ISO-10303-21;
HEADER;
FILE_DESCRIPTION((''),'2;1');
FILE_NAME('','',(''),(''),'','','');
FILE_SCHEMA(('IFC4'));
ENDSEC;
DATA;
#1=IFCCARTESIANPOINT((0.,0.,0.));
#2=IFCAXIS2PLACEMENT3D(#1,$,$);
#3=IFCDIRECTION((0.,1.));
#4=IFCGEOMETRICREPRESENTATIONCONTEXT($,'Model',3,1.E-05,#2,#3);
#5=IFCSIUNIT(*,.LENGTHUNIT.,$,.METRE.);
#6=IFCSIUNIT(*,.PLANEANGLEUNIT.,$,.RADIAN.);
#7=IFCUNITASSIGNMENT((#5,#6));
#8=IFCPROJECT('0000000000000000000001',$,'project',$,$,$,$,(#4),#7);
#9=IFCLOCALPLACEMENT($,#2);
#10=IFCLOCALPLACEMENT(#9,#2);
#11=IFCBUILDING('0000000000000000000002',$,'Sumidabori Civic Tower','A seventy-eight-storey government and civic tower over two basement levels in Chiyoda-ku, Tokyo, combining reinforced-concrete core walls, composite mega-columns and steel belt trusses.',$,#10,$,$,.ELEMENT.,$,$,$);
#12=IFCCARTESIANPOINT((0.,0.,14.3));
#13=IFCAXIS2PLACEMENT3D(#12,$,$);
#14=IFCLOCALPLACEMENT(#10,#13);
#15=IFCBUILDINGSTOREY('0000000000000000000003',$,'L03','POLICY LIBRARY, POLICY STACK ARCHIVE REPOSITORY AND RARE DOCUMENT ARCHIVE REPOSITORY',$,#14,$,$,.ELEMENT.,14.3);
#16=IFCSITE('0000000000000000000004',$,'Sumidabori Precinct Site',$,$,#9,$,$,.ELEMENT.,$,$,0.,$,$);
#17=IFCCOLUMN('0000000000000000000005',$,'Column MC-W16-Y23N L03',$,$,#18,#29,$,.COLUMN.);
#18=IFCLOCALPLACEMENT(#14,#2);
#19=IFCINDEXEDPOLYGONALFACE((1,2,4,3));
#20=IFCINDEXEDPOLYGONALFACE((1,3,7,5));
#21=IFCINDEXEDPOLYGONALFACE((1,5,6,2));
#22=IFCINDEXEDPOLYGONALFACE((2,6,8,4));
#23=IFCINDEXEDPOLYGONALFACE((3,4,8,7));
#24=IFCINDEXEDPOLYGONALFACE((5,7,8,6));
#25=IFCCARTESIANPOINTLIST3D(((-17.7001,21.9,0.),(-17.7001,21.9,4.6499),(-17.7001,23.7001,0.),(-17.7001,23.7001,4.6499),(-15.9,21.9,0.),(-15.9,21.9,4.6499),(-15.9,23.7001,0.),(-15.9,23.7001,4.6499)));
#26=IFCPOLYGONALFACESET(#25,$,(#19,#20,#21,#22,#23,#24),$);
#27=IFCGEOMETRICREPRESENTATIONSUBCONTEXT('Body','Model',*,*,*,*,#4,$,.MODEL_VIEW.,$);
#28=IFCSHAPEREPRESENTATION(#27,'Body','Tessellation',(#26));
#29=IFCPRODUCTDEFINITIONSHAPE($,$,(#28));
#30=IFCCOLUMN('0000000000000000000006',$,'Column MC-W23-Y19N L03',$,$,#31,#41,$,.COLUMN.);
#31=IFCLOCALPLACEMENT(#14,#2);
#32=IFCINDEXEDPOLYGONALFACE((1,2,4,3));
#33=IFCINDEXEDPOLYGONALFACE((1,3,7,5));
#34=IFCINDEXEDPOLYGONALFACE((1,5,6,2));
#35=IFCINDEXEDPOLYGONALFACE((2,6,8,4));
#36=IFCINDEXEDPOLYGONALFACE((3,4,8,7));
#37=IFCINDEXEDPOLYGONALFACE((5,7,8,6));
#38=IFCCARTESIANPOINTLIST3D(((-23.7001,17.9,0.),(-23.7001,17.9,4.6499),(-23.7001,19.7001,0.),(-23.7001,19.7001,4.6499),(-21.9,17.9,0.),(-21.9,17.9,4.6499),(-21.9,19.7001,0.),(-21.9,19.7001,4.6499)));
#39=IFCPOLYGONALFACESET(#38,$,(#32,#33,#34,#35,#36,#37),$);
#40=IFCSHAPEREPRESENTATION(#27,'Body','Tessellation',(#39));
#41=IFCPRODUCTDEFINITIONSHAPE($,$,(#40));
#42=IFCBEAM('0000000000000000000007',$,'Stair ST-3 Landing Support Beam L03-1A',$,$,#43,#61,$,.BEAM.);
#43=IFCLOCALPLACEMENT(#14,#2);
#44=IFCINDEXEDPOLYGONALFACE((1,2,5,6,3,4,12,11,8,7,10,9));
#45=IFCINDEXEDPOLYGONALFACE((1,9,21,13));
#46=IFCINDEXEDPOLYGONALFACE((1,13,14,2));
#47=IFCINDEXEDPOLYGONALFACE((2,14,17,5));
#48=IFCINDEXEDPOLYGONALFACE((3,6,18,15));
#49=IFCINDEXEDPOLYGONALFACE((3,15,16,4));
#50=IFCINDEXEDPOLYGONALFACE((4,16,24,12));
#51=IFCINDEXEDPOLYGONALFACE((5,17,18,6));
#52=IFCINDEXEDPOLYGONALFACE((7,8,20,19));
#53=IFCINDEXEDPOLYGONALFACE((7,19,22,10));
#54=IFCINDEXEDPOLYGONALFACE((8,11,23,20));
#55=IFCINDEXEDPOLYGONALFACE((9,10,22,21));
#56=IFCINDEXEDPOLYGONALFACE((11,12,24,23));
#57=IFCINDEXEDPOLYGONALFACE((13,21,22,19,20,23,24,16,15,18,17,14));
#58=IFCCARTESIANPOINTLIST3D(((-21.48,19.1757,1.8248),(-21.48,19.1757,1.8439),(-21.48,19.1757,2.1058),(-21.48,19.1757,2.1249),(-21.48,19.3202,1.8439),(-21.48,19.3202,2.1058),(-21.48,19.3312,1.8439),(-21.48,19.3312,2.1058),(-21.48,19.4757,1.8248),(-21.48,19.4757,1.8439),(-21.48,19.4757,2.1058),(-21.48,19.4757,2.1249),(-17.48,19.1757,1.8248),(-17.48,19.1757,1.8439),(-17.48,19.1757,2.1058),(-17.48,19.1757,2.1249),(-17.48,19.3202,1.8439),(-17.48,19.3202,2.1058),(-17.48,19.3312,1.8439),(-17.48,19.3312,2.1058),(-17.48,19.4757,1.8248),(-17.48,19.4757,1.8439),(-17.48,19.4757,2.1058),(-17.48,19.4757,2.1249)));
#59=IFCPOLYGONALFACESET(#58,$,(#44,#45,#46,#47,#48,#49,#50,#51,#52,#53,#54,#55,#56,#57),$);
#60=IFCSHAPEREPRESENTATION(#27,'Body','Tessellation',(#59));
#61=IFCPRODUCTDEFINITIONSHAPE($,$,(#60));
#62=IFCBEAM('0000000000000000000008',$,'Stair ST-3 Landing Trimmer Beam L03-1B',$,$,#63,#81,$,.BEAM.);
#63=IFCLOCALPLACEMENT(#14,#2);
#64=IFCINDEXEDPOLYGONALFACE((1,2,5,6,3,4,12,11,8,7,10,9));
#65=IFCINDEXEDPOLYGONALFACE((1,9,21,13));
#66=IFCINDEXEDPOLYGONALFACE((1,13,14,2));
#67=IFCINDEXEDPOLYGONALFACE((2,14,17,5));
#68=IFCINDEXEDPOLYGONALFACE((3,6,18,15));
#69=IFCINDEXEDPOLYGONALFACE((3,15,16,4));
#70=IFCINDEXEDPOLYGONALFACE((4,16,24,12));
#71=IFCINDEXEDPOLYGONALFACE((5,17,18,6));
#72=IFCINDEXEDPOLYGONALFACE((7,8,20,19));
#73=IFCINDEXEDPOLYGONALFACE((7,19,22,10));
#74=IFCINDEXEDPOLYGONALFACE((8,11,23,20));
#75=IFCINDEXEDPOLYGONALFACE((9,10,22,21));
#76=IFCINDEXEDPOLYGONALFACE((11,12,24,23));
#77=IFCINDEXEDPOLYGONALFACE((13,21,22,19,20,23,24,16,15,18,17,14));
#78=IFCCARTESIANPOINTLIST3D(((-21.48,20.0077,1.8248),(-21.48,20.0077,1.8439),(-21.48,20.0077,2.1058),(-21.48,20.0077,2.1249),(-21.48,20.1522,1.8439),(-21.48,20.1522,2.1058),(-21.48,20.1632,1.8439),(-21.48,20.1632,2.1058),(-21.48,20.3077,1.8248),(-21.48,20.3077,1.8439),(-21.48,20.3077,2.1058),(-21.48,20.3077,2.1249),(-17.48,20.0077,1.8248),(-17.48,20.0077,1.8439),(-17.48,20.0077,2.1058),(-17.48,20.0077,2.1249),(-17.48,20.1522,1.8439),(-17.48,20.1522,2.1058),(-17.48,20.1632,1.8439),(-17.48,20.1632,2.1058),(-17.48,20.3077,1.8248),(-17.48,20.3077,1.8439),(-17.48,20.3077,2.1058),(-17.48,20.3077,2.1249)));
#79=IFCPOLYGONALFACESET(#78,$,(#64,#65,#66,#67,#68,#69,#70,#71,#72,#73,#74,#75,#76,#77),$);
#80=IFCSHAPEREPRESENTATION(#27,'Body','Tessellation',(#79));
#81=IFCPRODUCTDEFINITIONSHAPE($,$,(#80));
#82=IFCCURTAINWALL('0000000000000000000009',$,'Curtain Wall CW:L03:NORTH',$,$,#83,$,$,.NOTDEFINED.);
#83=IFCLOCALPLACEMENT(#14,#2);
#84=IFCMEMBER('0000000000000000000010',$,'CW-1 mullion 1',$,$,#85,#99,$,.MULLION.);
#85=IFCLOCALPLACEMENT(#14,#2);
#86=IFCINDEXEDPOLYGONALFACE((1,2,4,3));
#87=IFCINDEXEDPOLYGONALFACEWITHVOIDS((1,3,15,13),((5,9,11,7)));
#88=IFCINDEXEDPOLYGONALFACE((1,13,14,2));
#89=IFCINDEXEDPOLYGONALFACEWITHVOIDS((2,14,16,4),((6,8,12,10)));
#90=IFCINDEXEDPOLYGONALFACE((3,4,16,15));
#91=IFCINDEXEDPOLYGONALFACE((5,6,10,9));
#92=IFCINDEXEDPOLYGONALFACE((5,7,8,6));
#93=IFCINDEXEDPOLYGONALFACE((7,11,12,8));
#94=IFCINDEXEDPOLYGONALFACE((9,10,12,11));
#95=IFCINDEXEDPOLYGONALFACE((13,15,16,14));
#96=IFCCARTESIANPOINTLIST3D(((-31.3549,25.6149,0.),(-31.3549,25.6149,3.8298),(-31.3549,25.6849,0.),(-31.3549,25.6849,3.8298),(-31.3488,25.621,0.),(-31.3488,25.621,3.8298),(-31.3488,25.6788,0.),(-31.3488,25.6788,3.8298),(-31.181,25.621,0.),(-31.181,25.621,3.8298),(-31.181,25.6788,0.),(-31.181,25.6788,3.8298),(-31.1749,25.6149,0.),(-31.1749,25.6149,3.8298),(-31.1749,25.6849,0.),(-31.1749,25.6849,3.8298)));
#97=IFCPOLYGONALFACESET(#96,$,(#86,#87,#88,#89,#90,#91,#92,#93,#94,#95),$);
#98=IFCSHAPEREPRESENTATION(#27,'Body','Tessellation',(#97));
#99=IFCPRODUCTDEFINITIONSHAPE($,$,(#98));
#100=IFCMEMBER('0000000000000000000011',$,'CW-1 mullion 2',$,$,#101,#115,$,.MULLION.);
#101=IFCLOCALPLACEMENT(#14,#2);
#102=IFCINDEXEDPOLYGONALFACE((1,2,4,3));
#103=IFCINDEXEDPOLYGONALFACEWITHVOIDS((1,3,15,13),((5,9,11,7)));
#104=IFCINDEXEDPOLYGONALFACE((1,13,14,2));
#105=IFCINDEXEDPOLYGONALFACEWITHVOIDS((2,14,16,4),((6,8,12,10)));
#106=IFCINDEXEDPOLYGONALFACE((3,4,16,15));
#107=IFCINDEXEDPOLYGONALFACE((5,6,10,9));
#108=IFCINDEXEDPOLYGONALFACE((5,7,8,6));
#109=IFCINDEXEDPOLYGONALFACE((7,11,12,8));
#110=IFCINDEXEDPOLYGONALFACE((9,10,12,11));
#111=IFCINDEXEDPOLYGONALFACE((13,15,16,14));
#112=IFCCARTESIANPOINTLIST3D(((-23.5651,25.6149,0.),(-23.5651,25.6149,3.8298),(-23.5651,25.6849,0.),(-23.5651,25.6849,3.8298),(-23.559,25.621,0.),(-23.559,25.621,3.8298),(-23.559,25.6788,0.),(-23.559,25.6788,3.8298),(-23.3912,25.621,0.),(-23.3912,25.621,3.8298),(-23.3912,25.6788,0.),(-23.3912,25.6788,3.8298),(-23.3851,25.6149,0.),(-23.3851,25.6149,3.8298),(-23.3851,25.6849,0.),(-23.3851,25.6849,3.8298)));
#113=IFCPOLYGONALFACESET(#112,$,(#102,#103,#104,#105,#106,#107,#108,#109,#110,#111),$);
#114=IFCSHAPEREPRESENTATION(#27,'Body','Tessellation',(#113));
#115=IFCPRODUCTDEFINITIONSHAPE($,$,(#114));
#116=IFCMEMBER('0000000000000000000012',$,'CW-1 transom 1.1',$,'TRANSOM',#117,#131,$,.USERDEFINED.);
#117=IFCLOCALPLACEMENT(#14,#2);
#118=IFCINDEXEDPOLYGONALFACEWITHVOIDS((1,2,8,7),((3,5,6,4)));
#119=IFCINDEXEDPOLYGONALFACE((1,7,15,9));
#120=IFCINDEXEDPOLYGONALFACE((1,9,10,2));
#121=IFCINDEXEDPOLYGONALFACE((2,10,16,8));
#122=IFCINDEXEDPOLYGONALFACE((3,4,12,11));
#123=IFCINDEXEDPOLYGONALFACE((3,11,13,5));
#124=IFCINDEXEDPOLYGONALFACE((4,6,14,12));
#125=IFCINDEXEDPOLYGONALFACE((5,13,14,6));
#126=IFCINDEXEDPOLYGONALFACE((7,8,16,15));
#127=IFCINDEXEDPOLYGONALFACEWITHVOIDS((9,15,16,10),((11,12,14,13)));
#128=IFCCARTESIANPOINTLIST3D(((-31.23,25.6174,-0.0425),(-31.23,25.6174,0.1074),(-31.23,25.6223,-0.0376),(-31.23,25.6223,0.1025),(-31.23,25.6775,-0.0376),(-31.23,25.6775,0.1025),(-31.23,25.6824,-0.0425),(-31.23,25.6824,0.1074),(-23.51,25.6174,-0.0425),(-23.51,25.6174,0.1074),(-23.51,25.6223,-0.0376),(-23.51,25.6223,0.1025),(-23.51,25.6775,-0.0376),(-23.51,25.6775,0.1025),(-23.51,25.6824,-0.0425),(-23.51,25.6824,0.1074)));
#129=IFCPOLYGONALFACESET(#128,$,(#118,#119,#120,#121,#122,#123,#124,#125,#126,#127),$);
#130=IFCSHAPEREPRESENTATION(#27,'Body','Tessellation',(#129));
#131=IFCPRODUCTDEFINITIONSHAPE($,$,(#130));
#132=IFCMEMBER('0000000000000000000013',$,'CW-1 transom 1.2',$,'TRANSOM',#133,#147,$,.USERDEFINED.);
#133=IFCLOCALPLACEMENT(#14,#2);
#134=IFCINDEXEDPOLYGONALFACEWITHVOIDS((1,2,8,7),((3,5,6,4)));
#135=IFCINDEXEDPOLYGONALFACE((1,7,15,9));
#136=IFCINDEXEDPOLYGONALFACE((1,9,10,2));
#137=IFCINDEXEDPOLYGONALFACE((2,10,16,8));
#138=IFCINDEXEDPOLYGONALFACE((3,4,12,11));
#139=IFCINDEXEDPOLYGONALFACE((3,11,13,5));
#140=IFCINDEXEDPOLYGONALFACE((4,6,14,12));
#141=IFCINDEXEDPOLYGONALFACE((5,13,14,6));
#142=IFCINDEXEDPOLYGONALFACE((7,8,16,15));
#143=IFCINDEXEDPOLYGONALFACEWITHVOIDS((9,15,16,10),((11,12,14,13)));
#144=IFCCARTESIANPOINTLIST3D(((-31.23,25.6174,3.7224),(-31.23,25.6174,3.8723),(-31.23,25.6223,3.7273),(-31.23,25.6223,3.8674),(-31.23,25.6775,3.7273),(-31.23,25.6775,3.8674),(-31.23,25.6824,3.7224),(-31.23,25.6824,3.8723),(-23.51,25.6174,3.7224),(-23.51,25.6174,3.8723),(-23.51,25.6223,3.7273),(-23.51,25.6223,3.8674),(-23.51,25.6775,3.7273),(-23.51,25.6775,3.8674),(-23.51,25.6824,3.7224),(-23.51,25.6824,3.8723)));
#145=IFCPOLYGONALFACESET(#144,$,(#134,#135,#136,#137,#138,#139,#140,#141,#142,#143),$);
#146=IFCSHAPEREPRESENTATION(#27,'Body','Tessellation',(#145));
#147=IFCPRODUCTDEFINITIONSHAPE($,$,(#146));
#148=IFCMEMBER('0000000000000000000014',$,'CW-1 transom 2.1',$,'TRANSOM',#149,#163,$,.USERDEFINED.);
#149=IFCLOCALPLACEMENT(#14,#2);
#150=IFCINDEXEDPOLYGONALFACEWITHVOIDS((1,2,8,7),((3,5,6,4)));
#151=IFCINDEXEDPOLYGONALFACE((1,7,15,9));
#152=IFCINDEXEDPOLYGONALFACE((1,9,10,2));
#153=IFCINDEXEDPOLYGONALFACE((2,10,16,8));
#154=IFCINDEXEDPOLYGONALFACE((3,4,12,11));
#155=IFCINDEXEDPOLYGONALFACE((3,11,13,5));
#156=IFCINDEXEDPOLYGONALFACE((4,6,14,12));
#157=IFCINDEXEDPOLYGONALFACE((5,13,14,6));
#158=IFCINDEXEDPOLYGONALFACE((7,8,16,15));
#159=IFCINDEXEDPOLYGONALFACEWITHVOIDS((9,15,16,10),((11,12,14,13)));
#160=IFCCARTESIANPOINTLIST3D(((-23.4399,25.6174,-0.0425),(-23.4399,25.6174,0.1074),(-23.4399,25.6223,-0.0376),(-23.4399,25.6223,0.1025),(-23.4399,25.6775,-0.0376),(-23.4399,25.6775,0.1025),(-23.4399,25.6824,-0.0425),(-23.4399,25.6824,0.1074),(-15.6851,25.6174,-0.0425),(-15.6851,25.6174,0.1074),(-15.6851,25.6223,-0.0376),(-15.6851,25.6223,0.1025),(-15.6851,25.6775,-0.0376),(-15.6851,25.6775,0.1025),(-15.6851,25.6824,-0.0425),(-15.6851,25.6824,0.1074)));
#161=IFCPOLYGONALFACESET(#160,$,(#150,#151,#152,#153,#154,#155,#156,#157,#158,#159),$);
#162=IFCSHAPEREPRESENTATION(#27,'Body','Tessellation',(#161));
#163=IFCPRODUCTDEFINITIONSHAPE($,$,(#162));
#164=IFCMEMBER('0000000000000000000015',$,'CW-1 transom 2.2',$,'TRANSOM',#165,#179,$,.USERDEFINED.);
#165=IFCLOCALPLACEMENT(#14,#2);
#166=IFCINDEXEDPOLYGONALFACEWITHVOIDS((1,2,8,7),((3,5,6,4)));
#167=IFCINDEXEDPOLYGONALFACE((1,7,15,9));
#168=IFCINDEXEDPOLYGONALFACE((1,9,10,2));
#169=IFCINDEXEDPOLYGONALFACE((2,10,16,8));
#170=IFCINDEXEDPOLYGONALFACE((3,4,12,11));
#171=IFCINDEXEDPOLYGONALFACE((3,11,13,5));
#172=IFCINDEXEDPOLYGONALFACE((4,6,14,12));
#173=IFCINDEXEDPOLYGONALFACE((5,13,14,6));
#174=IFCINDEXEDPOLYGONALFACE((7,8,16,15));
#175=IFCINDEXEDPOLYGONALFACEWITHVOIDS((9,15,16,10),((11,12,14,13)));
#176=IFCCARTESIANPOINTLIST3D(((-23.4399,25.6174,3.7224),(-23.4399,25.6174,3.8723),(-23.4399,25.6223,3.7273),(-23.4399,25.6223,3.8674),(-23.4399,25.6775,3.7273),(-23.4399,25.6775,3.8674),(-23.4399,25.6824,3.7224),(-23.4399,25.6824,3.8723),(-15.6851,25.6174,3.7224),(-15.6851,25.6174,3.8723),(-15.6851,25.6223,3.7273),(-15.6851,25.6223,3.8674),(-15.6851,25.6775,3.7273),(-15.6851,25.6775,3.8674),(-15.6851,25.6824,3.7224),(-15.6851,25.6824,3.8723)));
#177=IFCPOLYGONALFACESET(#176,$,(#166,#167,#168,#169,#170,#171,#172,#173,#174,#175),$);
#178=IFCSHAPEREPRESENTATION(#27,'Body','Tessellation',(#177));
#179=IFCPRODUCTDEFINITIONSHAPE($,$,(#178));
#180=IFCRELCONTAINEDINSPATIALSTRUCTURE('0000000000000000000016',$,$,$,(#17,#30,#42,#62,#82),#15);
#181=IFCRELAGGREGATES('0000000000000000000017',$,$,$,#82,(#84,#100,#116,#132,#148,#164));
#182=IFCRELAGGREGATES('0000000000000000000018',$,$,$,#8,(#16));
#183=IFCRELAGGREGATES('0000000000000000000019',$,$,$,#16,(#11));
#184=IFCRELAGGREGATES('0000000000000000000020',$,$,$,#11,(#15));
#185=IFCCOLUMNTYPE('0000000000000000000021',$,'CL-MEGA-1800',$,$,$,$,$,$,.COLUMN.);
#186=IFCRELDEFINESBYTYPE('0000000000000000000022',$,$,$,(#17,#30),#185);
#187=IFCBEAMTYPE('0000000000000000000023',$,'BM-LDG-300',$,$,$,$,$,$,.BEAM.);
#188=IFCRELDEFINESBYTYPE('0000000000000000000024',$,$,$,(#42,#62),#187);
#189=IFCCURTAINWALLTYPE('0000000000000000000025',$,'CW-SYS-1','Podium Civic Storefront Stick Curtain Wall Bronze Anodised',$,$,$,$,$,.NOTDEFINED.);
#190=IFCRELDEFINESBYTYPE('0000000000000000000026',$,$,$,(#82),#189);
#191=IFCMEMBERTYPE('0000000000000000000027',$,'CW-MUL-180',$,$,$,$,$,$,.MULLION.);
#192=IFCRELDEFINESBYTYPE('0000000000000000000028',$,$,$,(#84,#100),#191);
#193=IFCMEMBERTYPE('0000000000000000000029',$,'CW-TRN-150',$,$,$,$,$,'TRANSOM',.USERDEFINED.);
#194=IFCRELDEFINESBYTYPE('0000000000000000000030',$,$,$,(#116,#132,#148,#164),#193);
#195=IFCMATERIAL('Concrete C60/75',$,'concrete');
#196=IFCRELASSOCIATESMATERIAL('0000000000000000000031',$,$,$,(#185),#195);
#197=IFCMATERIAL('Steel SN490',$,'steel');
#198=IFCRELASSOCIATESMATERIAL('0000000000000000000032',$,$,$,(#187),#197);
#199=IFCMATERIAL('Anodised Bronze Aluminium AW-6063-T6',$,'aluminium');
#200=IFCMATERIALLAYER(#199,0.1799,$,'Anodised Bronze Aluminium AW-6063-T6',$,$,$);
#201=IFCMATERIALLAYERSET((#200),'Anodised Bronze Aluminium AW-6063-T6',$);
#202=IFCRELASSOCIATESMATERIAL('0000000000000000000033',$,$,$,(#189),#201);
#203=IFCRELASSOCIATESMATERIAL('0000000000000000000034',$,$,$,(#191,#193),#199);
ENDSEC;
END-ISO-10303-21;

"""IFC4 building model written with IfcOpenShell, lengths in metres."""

from ifc_helpers import new_model, si_unit, direction, frame, origin, origin_2d, place, context, subcontext, project, spatial, rectangle, hollow_rectangle, i_section, extrude, source, transform, mapped, material, layer, layer_set, material_profile, profile_set, type_object, element, aggregate, save


model = new_model("IFC4")

# Units and contexts
model_context = context("Model", 3, precision=1e-05, world=origin(), true_north=direction((0.0, 1.0)))
body_context = subcontext(model_context, "Body", "Model", "MODEL_VIEW")
ifc_project = project(units=[si_unit("LENGTHUNIT", "METRE"), si_unit("PLANEANGLEUNIT", "RADIAN")], contexts=[model_context])

# Site, building, storey
site_placement = place(None, origin())
site = spatial("IfcSite", under=ifc_project, at=site_placement, Name="Sumidabori Precinct Site", CompositionType="ELEMENT", RefElevation=0.0)
building_placement = place(site_placement, origin())
building = spatial("IfcBuilding", under=site, at=building_placement, Name="Sumidabori Civic Tower", Description="A seventy-eight-storey government and civic tower over two basement levels in Chiyoda-ku, Tokyo, combining reinforced-concrete core walls, composite mega-columns and steel belt trusses.", CompositionType="ELEMENT")
storey_placement = place(building_placement, frame((0.0, 0.0, 14.3)))
storey = spatial("IfcBuildingStorey", under=building, at=storey_placement, Name="L03", Description="POLICY LIBRARY, POLICY STACK ARCHIVE REPOSITORY AND RARE DOCUMENT ARCHIVE REPOSITORY", CompositionType="ELEMENT", Elevation=14.3)

# Columns
ifc_material_1 = material(Name="Concrete C60/75", Category="concrete")
ifc_material_profile_1 = material_profile(ifc_material_1, rectangle(XDim=1.8, YDim=1.8, at=origin_2d()), Name="RC 1800x1800")
ifc_profile_set_1 = profile_set([ifc_material_profile_1], Name="Concrete C60/75")
column_type = type_object("IfcColumnType", Name="CL-MEGA-1800", PredefinedType="COLUMN", material=ifc_profile_set_1)
shared_shape_1 = source(origin(), body_context, "Body", "SweptSolid", [
    extrude(rectangle(XDim=1.8, YDim=1.8, at=origin_2d()), origin(), (0.0, 0.0, 1.0), 4.6499),
])
for number, where, z_axis, x_axis, name in (
    (1, (-16.8, 22.8, 0.0), (0.0, 0.0, 1.0), (1.0, 0.0, 0.0), "Column MC-W16-Y23N L03"),
    (2, (-22.8, 18.8, 0.0), (0.0, 0.0, 1.0), (1.0, 0.0, 0.0), "Column MC-W23-Y19N L03"),
):
    element("IfcColumn", number, at=place(storey_placement, frame(where, z_axis=z_axis, x_axis=x_axis)), inside=storey, type_object=column_type, Name=name, PredefinedType="COLUMN", context=body_context, shape_type="MappedRepresentation", body=[
        mapped(shared_shape_1, transform((0.0, 0.0, 0.0), x_axis=(1.0, 0.0, 0.0), y_axis=(0.0, 1.0, 0.0), z_axis=(0.0, 0.0, 1.0), scale=1.0)),
    ])

# Beams
ifc_material_2 = material(Name="Steel SN490", Category="steel")
ifc_material_profile_2 = material_profile(ifc_material_2, i_section(OverallWidth=0.3, OverallDepth=0.3, WebThickness=0.011, FlangeThickness=0.019, at=origin_2d()), Name="HE 300 B")
ifc_profile_set_2 = profile_set([ifc_material_profile_2], Name="Steel SN490")
beam_type = type_object("IfcBeamType", Name="BM-LDG-300", PredefinedType="BEAM", material=ifc_profile_set_2)
shared_shape_2 = source(origin(), body_context, "Body", "SweptSolid", [
    extrude(i_section(OverallWidth=0.3, OverallDepth=0.3, WebThickness=0.011, FlangeThickness=0.019, at=origin_2d()), origin(), (0.0, 0.0, 1.0), 4.0),
])
for number, where, z_axis, x_axis, name in (
    (3, (-21.48, 19.3257, 1.9749), (1.0, 0.0, 0.0), (0.0, 1.0, 0.0), "Stair ST-3 Landing Support Beam L03-1A"),
    (4, (-21.48, 20.1577, 1.9749), (1.0, 0.0, 0.0), (0.0, 1.0, 0.0), "Stair ST-3 Landing Trimmer Beam L03-1B"),
):
    element("IfcBeam", number, at=place(storey_placement, frame(where, z_axis=z_axis, x_axis=x_axis)), inside=storey, type_object=beam_type, Name=name, PredefinedType="BEAM", context=body_context, shape_type="MappedRepresentation", body=[
        mapped(shared_shape_2, transform((0.0, 0.0, 0.0), x_axis=(1.0, 0.0, 0.0), y_axis=(0.0, 1.0, 0.0), z_axis=(0.0, 0.0, 1.0), scale=1.0)),
    ])

# Curtain wall, members
ifc_material_3 = material(Name="Anodised Bronze Aluminium AW-6063-T6", Category="aluminium")
ifc_layer_1 = layer(ifc_material_3, 0.1799, Name="Anodised Bronze Aluminium AW-6063-T6")
ifc_layer_set_1 = layer_set([ifc_layer_1], Name="Anodised Bronze Aluminium AW-6063-T6")
curtain_wall_type = type_object("IfcCurtainWallType", Name="CW-SYS-1", Description="Podium Civic Storefront Stick Curtain Wall Bronze Anodised", PredefinedType="NOTDEFINED", material=ifc_layer_set_1)
curtain_wall_placement = place(storey_placement, origin())
curtain_wall = element("IfcCurtainWall", 5, at=curtain_wall_placement, inside=storey, type_object=curtain_wall_type, Name="Curtain Wall CW:L03:NORTH", PredefinedType="NOTDEFINED")
ifc_material_profile_3 = material_profile(ifc_material_3, hollow_rectangle(XDim=0.0701, YDim=0.1799, WallThickness=0.0061, at=origin_2d()), Name="ALU MULLION 180x70")
ifc_profile_set_3 = profile_set([ifc_material_profile_3], Name="Anodised Bronze Aluminium AW-6063-T6")
member_type_1 = type_object("IfcMemberType", Name="CW-MUL-180", PredefinedType="MULLION", material=ifc_profile_set_3)
shared_shape_3 = source(origin(), body_context, "Body", "SweptSolid", [
    extrude(hollow_rectangle(XDim=0.0701, YDim=0.1799, WallThickness=0.0061, at=origin_2d()), origin(), (0.0, 0.0, 1.0), 3.8298),
])
member_1_placement = place(storey_placement, frame((-31.2649, 25.6499, 0.0), z_axis=(0.0, 0.0, 1.0), x_axis=(0.0, 1.0, 0.0)))
member_1 = element("IfcMember", 6, at=member_1_placement, type_object=member_type_1, Name="CW-1 mullion 1", PredefinedType="MULLION", context=body_context, shape_type="MappedRepresentation", body=[
    mapped(shared_shape_3, transform((0.0, 0.0, 0.0), x_axis=(1.0, 0.0, 0.0), y_axis=(0.0, 1.0, 0.0), z_axis=(0.0, 0.0, 1.0), scale=1.0)),
])
member_2_placement = place(storey_placement, frame((-23.4751, 25.6499, 0.0), z_axis=(0.0, 0.0, 1.0), x_axis=(0.0, 1.0, 0.0)))
member_2 = element("IfcMember", 7, at=member_2_placement, type_object=member_type_1, Name="CW-1 mullion 2", PredefinedType="MULLION", context=body_context, shape_type="MappedRepresentation", body=[
    mapped(shared_shape_3, transform((0.0, 0.0, 0.0), x_axis=(1.0, 0.0, 0.0), y_axis=(0.0, 1.0, 0.0), z_axis=(0.0, 0.0, 1.0), scale=1.0)),
])
ifc_material_profile_4 = material_profile(ifc_material_3, hollow_rectangle(XDim=0.0649, YDim=0.1499, WallThickness=0.0049, at=origin_2d()), Name="ALU TRANSOM 150x65")
ifc_profile_set_4 = profile_set([ifc_material_profile_4], Name="Anodised Bronze Aluminium AW-6063-T6")
member_type_2 = type_object("IfcMemberType", Name="CW-TRN-150", ElementType="TRANSOM", PredefinedType="USERDEFINED", material=ifc_profile_set_4)
shared_shape_4 = source(origin(), body_context, "Body", "SweptSolid", [
    extrude(hollow_rectangle(XDim=0.0649, YDim=0.1499, WallThickness=0.0049, at=origin_2d()), origin(), (0.0, 0.0, 1.0), 7.72),
])
member_3_placement = place(storey_placement, frame((-31.23, 25.6499, 0.0325), z_axis=(1.0, 0.0, 0.0), x_axis=(0.0, 1.0, 0.0)))
member_3 = element("IfcMember", 8, at=member_3_placement, type_object=member_type_2, Name="CW-1 transom 1.1", ObjectType="TRANSOM", PredefinedType="USERDEFINED", context=body_context, shape_type="MappedRepresentation", body=[
    mapped(shared_shape_4, transform((0.0, 0.0, 0.0), x_axis=(1.0, 0.0, 0.0), y_axis=(0.0, 1.0, 0.0), z_axis=(0.0, 0.0, 1.0), scale=1.0)),
])
member_4_placement = place(storey_placement, frame((-31.23, 25.6499, 3.7974), z_axis=(1.0, 0.0, 0.0), x_axis=(0.0, 1.0, 0.0)))
member_4 = element("IfcMember", 9, at=member_4_placement, type_object=member_type_2, Name="CW-1 transom 1.2", ObjectType="TRANSOM", PredefinedType="USERDEFINED", context=body_context, shape_type="MappedRepresentation", body=[
    mapped(shared_shape_4, transform((0.0, 0.0, 0.0), x_axis=(1.0, 0.0, 0.0), y_axis=(0.0, 1.0, 0.0), z_axis=(0.0, 0.0, 1.0), scale=1.0)),
])
shared_shape_5 = source(origin(), body_context, "Body", "SweptSolid", [
    extrude(hollow_rectangle(XDim=0.0649, YDim=0.1499, WallThickness=0.0049, at=origin_2d()), origin(), (0.0, 0.0, 1.0), 7.7549),
])
member_5_placement = place(storey_placement, frame((-23.4399, 25.6499, 0.0325), z_axis=(1.0, 0.0, 0.0), x_axis=(0.0, 1.0, 0.0)))
member_5 = element("IfcMember", 10, at=member_5_placement, type_object=member_type_2, Name="CW-1 transom 2.1", ObjectType="TRANSOM", PredefinedType="USERDEFINED", context=body_context, shape_type="MappedRepresentation", body=[
    mapped(shared_shape_5, transform((0.0, 0.0, 0.0), x_axis=(1.0, 0.0, 0.0), y_axis=(0.0, 1.0, 0.0), z_axis=(0.0, 0.0, 1.0), scale=1.0)),
])
member_6_placement = place(storey_placement, frame((-23.4399, 25.6499, 3.7974), z_axis=(1.0, 0.0, 0.0), x_axis=(0.0, 1.0, 0.0)))
member_6 = element("IfcMember", 11, at=member_6_placement, type_object=member_type_2, Name="CW-1 transom 2.2", ObjectType="TRANSOM", PredefinedType="USERDEFINED", context=body_context, shape_type="MappedRepresentation", body=[
    mapped(shared_shape_5, transform((0.0, 0.0, 0.0), x_axis=(1.0, 0.0, 0.0), y_axis=(0.0, 1.0, 0.0), z_axis=(0.0, 0.0, 1.0), scale=1.0)),
])
aggregate(curtain_wall, [member_1, member_2, member_3, member_4, member_5, member_6])

save(model, "model.ifc")
